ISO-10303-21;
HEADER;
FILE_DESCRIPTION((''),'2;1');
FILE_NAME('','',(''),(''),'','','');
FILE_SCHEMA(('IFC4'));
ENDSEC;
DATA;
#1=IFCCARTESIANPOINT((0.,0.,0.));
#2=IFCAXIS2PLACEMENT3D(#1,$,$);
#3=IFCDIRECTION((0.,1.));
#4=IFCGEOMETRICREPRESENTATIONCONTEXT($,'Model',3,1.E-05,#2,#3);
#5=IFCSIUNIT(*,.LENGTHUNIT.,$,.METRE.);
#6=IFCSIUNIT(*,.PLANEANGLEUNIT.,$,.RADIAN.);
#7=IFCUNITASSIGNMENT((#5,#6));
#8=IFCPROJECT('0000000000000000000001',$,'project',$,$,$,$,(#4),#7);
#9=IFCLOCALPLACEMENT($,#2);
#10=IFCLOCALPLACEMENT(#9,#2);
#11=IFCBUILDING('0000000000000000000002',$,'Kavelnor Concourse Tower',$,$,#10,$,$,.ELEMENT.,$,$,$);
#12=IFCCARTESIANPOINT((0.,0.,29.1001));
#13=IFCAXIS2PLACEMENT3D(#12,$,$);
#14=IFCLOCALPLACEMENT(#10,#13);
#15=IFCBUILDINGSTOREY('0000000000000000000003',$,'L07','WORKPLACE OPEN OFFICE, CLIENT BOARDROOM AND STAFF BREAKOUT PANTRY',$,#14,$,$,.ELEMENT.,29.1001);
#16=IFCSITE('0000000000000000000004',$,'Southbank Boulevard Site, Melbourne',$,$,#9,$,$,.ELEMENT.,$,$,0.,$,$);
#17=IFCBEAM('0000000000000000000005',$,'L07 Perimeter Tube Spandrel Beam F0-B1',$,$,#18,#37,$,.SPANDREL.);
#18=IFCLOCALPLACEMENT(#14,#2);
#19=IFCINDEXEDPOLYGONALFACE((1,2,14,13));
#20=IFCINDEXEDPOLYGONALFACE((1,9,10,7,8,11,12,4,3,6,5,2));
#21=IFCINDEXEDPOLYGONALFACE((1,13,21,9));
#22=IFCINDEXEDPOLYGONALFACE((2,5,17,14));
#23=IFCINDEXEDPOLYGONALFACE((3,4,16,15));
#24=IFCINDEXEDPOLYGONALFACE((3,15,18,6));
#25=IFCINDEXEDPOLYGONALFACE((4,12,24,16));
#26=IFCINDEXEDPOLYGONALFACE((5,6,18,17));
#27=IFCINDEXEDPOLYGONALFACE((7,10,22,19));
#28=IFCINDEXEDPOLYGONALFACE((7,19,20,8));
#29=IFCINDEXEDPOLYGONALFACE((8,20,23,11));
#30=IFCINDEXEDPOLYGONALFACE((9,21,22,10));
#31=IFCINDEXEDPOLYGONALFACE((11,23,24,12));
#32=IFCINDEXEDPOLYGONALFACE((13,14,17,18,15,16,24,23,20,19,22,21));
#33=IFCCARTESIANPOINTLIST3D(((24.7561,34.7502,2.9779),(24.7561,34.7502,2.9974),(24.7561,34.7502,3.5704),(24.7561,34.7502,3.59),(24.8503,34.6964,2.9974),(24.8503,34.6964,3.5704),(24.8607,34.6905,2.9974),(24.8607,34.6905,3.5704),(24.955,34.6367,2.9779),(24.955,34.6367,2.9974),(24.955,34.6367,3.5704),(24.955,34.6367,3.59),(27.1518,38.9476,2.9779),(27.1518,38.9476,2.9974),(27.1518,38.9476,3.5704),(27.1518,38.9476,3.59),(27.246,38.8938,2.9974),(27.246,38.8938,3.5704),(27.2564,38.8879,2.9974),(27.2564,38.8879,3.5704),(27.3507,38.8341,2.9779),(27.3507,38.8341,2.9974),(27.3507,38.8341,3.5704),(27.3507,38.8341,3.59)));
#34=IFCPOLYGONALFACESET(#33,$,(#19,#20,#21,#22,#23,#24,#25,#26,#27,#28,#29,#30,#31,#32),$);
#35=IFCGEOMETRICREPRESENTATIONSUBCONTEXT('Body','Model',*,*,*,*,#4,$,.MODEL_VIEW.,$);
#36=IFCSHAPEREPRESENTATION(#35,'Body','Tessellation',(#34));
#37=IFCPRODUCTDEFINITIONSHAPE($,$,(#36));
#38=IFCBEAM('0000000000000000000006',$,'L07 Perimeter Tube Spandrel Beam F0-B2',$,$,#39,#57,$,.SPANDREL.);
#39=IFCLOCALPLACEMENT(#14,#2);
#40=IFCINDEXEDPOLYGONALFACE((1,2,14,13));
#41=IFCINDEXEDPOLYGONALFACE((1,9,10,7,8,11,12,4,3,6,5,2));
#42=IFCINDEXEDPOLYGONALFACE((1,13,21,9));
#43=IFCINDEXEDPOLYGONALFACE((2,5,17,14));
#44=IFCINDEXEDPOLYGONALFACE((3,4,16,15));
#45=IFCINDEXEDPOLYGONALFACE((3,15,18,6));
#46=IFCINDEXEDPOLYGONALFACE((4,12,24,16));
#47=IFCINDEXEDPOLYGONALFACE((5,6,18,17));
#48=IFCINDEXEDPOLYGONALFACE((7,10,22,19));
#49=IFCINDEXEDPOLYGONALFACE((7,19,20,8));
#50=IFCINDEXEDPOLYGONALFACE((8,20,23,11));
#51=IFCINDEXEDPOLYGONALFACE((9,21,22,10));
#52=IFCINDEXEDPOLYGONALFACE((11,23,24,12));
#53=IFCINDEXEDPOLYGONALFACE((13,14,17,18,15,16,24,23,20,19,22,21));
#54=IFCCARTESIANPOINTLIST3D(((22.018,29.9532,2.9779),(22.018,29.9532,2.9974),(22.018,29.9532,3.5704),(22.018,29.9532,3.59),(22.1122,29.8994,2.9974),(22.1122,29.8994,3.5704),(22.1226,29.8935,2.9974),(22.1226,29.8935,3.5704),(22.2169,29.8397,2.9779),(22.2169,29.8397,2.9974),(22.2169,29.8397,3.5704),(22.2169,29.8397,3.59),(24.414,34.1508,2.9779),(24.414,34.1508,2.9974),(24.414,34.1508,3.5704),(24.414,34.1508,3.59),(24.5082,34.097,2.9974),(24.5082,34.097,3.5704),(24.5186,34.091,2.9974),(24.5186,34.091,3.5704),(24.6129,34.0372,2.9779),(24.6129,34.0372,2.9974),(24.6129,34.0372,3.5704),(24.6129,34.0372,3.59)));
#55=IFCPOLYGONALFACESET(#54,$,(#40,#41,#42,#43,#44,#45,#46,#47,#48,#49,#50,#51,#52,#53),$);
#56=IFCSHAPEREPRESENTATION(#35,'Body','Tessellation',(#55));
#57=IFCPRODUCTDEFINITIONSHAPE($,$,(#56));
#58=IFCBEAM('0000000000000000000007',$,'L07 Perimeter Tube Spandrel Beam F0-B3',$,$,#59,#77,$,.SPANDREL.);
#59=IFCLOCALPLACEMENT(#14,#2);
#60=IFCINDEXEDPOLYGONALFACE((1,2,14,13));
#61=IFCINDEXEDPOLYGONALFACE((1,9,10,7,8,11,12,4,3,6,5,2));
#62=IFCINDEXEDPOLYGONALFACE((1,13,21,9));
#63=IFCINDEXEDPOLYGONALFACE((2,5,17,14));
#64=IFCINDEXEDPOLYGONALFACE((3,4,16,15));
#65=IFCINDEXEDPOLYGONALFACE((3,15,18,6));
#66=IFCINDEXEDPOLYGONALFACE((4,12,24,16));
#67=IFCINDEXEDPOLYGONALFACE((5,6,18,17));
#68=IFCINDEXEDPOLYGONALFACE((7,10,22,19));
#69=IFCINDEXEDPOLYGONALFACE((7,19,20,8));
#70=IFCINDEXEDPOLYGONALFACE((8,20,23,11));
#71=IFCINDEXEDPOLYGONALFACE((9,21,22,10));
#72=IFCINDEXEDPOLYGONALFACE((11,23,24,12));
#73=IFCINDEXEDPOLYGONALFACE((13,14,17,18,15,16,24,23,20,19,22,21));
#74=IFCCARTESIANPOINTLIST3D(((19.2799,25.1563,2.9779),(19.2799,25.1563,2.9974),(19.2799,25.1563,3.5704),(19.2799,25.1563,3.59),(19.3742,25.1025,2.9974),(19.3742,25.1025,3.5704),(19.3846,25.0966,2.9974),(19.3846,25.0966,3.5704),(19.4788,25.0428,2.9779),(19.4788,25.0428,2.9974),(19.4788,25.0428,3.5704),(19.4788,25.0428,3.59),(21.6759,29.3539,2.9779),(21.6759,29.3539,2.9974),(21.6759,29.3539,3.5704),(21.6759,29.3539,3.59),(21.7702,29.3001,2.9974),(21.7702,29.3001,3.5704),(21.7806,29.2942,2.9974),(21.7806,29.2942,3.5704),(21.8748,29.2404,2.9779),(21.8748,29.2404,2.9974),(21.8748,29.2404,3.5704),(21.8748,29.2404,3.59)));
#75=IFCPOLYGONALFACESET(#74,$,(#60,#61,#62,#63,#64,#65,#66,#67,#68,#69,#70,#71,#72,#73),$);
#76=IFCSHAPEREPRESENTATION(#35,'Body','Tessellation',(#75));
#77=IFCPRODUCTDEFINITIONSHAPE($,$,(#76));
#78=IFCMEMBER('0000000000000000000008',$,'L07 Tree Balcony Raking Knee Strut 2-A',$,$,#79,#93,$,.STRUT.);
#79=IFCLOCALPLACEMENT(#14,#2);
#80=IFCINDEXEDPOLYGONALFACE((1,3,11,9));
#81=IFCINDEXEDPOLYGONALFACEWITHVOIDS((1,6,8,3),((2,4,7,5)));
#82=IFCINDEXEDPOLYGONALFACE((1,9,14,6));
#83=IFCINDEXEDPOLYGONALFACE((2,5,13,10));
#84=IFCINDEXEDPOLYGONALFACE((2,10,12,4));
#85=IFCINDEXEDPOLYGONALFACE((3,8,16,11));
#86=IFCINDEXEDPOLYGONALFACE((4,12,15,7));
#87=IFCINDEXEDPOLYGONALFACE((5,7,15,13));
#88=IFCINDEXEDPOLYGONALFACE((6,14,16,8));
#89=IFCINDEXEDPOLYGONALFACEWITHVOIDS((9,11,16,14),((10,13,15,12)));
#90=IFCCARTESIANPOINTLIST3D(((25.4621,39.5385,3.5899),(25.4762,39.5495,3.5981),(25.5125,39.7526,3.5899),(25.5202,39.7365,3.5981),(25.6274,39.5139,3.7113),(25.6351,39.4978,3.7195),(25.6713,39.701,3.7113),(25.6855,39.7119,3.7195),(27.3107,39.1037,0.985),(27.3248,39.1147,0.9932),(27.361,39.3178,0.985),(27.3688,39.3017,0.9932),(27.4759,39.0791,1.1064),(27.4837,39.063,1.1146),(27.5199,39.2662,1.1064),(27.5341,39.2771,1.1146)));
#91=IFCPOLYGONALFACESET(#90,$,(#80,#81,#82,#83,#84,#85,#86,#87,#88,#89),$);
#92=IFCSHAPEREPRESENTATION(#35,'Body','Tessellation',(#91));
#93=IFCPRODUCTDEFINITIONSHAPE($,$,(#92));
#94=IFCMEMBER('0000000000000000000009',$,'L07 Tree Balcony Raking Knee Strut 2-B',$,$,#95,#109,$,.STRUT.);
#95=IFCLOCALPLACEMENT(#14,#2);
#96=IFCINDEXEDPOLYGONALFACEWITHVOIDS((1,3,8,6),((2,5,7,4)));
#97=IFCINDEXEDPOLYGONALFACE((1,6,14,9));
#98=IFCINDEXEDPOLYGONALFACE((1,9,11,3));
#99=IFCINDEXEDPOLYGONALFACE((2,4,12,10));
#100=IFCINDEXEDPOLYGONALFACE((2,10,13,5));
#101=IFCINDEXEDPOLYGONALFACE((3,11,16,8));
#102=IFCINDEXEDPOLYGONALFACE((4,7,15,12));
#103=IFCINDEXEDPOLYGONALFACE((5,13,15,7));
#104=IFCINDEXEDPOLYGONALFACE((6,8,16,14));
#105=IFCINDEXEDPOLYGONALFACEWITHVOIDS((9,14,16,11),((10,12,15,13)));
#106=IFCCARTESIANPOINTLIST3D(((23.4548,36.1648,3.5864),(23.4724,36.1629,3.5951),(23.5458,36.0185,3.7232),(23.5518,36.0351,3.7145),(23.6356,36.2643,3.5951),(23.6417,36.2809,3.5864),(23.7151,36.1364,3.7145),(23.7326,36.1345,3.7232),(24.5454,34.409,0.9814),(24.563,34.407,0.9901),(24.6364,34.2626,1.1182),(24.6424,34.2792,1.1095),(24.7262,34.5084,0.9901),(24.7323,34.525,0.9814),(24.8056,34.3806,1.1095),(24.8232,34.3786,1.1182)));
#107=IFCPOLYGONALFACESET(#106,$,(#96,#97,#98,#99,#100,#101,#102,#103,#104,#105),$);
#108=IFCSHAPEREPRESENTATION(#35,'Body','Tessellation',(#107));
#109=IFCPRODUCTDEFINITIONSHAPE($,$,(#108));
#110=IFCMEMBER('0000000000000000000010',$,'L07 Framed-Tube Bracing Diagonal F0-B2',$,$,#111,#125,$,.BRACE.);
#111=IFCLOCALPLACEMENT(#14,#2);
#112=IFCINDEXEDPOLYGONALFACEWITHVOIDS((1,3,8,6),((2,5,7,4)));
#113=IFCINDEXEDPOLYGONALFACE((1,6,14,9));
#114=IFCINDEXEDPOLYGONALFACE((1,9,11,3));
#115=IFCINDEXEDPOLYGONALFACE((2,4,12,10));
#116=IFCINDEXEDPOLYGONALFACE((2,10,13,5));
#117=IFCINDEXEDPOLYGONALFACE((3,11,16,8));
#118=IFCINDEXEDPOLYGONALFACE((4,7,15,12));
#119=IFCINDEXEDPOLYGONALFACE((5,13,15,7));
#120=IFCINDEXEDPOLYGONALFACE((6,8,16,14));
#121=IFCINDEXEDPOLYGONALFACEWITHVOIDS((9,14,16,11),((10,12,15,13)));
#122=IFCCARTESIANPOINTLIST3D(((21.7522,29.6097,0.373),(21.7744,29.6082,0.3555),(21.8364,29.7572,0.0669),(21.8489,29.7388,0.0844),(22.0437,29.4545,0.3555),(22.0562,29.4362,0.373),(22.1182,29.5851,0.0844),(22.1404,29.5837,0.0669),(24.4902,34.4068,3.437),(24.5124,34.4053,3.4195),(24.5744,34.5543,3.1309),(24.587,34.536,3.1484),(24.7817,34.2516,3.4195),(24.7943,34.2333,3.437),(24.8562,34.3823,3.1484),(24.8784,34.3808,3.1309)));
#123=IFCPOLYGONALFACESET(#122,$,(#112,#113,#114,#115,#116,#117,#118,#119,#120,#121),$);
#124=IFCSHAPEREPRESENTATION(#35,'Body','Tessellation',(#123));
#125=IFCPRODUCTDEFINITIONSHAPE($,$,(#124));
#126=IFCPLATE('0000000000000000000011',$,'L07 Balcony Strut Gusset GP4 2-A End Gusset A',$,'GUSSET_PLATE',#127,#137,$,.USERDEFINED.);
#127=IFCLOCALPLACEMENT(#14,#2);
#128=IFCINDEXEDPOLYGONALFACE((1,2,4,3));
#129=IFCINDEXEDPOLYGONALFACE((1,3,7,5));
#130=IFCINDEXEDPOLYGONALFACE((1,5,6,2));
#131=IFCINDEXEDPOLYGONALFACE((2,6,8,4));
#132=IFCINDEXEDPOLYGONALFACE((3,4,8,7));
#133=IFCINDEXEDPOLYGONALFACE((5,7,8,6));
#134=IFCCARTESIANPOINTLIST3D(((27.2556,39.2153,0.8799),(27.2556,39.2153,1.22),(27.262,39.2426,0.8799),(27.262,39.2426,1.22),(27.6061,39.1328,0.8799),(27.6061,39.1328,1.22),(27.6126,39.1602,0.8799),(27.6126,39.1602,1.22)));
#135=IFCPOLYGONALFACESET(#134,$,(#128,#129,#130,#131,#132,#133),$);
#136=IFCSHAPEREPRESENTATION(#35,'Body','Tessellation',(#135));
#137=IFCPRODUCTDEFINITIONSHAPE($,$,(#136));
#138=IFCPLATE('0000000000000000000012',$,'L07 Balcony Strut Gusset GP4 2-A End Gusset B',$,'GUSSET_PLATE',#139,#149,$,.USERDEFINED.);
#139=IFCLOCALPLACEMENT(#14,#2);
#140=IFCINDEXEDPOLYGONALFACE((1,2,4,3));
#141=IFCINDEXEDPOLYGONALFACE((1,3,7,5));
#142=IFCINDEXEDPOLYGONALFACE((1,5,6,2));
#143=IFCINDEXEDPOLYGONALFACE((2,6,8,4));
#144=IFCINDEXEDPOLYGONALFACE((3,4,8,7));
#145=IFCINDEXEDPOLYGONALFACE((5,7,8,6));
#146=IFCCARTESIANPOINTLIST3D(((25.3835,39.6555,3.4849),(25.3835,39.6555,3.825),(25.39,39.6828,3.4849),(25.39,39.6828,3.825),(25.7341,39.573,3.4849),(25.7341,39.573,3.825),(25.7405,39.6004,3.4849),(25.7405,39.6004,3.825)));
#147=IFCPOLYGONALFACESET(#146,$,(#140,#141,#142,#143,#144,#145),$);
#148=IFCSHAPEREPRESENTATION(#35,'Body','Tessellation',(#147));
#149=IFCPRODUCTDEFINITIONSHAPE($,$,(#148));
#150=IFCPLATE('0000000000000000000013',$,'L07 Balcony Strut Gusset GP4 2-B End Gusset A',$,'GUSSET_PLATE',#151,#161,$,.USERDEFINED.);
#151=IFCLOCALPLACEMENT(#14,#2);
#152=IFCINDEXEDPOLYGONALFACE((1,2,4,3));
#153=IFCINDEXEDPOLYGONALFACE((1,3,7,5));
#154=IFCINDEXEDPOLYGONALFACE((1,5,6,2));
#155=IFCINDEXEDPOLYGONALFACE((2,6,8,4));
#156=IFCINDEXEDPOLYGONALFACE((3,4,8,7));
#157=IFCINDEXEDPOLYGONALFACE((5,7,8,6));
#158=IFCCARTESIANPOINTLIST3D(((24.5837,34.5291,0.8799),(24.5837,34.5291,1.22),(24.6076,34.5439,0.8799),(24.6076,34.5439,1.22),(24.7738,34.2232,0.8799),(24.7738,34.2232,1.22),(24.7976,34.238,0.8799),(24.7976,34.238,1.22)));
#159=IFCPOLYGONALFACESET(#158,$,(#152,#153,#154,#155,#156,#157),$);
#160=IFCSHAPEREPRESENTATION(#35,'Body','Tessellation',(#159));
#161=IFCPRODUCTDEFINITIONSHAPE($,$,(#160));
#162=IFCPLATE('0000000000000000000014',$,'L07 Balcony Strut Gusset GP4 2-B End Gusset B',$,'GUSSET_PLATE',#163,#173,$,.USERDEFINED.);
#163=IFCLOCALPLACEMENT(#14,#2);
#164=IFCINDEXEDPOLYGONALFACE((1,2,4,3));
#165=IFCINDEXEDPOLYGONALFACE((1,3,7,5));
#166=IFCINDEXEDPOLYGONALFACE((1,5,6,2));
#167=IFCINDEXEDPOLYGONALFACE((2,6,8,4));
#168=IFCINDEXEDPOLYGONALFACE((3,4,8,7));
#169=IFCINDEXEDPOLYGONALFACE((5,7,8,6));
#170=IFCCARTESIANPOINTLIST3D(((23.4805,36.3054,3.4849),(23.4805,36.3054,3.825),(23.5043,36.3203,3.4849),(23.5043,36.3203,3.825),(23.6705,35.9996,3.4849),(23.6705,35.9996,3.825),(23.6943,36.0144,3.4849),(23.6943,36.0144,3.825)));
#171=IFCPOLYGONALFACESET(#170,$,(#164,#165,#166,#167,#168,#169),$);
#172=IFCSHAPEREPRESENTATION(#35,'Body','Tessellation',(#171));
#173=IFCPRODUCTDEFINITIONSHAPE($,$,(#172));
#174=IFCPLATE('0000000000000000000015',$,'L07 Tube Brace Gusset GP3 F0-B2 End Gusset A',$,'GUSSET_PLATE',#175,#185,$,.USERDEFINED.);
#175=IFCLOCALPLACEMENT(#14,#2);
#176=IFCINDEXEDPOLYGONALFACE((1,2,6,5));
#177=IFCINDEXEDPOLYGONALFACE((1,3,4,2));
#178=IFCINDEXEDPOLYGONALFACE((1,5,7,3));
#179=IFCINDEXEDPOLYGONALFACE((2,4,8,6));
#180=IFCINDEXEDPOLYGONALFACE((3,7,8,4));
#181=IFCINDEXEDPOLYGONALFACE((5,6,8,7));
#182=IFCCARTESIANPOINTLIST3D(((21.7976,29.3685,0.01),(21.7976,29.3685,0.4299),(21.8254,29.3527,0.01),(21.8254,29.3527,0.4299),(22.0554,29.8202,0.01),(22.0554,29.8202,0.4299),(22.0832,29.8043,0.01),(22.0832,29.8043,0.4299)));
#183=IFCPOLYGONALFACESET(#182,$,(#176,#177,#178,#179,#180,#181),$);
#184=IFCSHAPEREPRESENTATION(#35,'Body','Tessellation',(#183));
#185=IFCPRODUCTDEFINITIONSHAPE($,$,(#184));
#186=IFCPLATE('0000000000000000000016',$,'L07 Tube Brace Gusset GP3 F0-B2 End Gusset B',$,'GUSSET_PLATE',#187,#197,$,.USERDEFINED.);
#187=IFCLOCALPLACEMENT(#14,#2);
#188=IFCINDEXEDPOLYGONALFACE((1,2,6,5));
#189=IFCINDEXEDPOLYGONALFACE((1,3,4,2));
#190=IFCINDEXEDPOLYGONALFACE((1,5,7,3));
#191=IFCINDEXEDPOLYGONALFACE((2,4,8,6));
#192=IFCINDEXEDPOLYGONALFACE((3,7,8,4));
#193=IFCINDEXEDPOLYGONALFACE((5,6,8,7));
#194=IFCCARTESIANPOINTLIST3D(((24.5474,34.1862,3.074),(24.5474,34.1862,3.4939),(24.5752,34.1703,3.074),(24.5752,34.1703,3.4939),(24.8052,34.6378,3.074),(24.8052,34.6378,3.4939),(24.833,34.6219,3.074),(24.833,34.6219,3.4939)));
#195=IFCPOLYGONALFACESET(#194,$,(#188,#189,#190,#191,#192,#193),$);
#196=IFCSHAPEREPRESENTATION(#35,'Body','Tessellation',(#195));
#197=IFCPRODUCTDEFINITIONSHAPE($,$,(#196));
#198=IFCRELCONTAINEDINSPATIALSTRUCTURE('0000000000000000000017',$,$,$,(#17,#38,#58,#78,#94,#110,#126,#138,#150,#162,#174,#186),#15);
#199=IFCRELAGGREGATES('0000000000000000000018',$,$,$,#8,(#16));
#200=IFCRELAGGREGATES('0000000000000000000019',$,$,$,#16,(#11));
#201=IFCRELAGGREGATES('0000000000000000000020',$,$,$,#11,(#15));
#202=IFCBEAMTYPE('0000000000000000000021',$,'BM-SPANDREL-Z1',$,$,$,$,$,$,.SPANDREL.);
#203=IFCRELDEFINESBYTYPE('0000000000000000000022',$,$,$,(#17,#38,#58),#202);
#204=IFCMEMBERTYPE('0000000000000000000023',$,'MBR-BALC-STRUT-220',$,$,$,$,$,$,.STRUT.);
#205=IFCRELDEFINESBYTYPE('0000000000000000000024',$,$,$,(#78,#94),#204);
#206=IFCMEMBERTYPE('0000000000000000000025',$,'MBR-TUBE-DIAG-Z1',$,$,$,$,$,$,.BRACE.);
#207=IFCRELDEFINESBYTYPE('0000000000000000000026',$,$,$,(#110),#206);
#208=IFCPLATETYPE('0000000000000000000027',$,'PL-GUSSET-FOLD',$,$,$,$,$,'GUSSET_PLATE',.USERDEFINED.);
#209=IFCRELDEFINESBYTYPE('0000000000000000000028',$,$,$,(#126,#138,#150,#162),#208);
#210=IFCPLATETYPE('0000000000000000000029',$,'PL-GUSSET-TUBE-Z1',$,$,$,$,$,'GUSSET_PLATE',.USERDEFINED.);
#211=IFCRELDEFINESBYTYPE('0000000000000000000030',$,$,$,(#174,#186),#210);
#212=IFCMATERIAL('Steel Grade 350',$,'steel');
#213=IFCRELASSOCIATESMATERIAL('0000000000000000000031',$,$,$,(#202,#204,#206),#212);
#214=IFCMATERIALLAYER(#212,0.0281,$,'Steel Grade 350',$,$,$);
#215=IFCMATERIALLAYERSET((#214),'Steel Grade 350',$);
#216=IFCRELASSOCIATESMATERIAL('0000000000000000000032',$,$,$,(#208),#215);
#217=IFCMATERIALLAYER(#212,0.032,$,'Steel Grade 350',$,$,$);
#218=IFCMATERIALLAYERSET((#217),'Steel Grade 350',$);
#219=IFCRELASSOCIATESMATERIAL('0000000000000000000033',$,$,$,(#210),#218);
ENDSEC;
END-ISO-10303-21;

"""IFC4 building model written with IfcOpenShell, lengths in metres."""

from ifc_helpers import new_model, si_unit, direction, frame, origin, origin_2d, place, context, subcontext, project, spatial, rectangle, hollow_rectangle, i_section, extrude, material, layer, layer_set, material_profile, profile_set, type_object, element, save


model = new_model("IFC4")

# Units and contexts
model_context = context("Model", 3, precision=1e-05, world=origin(), true_north=direction((0.0, 1.0)))
body_context = subcontext(model_context, "Body", "Model", "MODEL_VIEW")
ifc_project = project(units=[si_unit("LENGTHUNIT", "METRE"), si_unit("PLANEANGLEUNIT", "RADIAN")], contexts=[model_context])

# Site, building, storey
site_placement = place(None, origin())
site = spatial("IfcSite", under=ifc_project, at=site_placement, Name="Southbank Boulevard Site, Melbourne", CompositionType="ELEMENT", RefElevation=0.0)
building_placement = place(site_placement, origin())
building = spatial("IfcBuilding", under=site, at=building_placement, Name="Kavelnor Concourse Tower", CompositionType="ELEMENT")
storey_placement = place(building_placement, frame((0.0, 0.0, 29.1001)))
storey = spatial("IfcBuildingStorey", under=building, at=storey_placement, Name="L07", Description="WORKPLACE OPEN OFFICE, CLIENT BOARDROOM AND STAFF BREAKOUT PANTRY", CompositionType="ELEMENT", Elevation=29.1001)

# Shared definitions
ifc_material_1 = material(Name="Steel Grade 350", Category="steel")

# Beams
ifc_material_profile_1 = material_profile(ifc_material_1, i_section(OverallWidth=0.229, OverallDepth=0.6121, WebThickness=0.012, FlangeThickness=0.0195, at=origin_2d()), Name="610UB125")
ifc_profile_set_1 = profile_set([ifc_material_profile_1], Name="Steel Grade 350")
beam_type_1 = type_object("IfcBeamType", Name="BM-SPANDREL-Z1", PredefinedType="SPANDREL", material=ifc_profile_set_1)
beam_1_placement = place(storey_placement, frame((27.2512, 38.8909, 3.2839), z_axis=(-0.495698, -0.868495, 0.0), x_axis=(0.868495, -0.495698, 0.0)))
element("IfcBeam", 1, at=beam_1_placement, inside=storey, type_object=beam_type_1, Name="L07 Perimeter Tube Spandrel Beam F0-B1", PredefinedType="SPANDREL", context=body_context, shape_type="SweptSolid", body=[
    extrude(i_section(OverallWidth=0.229, OverallDepth=0.6121, WebThickness=0.012, FlangeThickness=0.0195, at=origin_2d()), origin(), (0.0, 0.0, 1.0), 4.833),
])
for number, where, z_axis, x_axis, name in (
    (2, (24.5134, 34.094, 3.2839), (-0.495736, -0.868473, 0.0), (0.868473, -0.495736, 0.0), "L07 Perimeter Tube Spandrel Beam F0-B2"),
    (3, (21.7754, 29.2971, 3.2839), (-0.495736, -0.868473, 0.0), (0.868473, -0.495736, 0.0), "L07 Perimeter Tube Spandrel Beam F0-B3"),
):
    element("IfcBeam", number, at=place(storey_placement, frame(where, z_axis=z_axis, x_axis=x_axis)), inside=storey, type_object=beam_type_1, Name=name, PredefinedType="SPANDREL", context=body_context, shape_type="SweptSolid", body=[
        extrude(i_section(OverallWidth=0.229, OverallDepth=0.6121, WebThickness=0.012, FlangeThickness=0.0195, at=origin_2d()), origin(), (0.0, 0.0, 1.0), 4.8333),
    ])

# Members
ifc_material_profile_2 = material_profile(ifc_material_1, hollow_rectangle(XDim=0.22, YDim=0.22, WallThickness=0.0139, at=origin_2d()), Name="SHS 220x220x14")
ifc_profile_set_2 = profile_set([ifc_material_profile_2], Name="Steel Grade 350")
member_type_1 = type_object("IfcMemberType", Name="MBR-BALC-STRUT-220", PredefinedType="STRUT", material=ifc_profile_set_2)
member_1_placement = place(storey_placement, frame((27.4224, 39.1904, 1.0498), z_axis=(-0.573445, 0.134879, 0.808064), x_axis=(-0.228961, -0.973436, 0.0)))
element("IfcMember", 4, at=member_1_placement, inside=storey, type_object=member_type_1, Name="L07 Tree Balcony Raking Knee Strut 2-A", PredefinedType="STRUT", context=body_context, shape_type="SweptSolid", body=[
    extrude(hollow_rectangle(XDim=0.22, YDim=0.22, WallThickness=0.0139, at=origin_2d()), origin(), (0.0, 0.0, 1.0), 3.2236),
])
member_2_placement = place(storey_placement, frame((24.6843, 34.3938, 1.0498), z_axis=(-0.327953, 0.528014, 0.783357), x_axis=(-0.849481, -0.527619, 0.0)))
element("IfcMember", 5, at=member_2_placement, inside=storey, type_object=member_type_1, Name="L07 Tree Balcony Raking Knee Strut 2-B", PredefinedType="STRUT", context=body_context, shape_type="SweptSolid", body=[
    extrude(hollow_rectangle(XDim=0.22, YDim=0.22, WallThickness=0.0139, at=origin_2d()), origin(), (0.0, 0.0, 1.0), 3.3254),
])
ifc_material_profile_3 = material_profile(ifc_material_1, hollow_rectangle(XDim=0.3501, YDim=0.3501, WallThickness=0.02, at=origin_2d()), Name="SHS 350x350x20")
ifc_profile_set_3 = profile_set([ifc_material_profile_3], Name="Steel Grade 350")
member_type_2 = type_object("IfcMemberType", Name="MBR-TUBE-DIAG-Z1", PredefinedType="BRACE", material=ifc_profile_set_3)
member_3_placement = place(storey_placement, frame((21.9463, 29.5967, 0.22), z_axis=(0.43348, 0.759469, 0.48508), x_axis=(-0.868491, 0.495706, 0.0)))
element("IfcMember", 6, at=member_3_placement, inside=storey, type_object=member_type_2, Name="L07 Framed-Tube Bracing Diagonal F0-B2", PredefinedType="BRACE", context=body_context, shape_type="SweptSolid", body=[
    extrude(hollow_rectangle(XDim=0.3501, YDim=0.3501, WallThickness=0.02, at=origin_2d()), origin(), (0.0, 0.0, 1.0), 6.3164),
])

# Plates
ifc_layer_1 = layer(ifc_material_1, 0.0281, Name="Steel Grade 350")
ifc_layer_set_1 = layer_set([ifc_layer_1], Name="Steel Grade 350")
plate_type_1 = type_object("IfcPlateType", Name="PL-GUSSET-FOLD", ElementType="GUSSET_PLATE", PredefinedType="USERDEFINED", material=ifc_layer_set_1)
for number, where, z_axis, x_axis, name in (
    (7, (27.4341, 39.1877, 0.8799), (0.0, 0.0, 1.0), (-0.973419, 0.229031, 0.0), "L07 Balcony Strut Gusset GP4 2-A End Gusset A"),
    (8, (25.562, 39.6279, 3.4849), (0.0, 0.0, 1.0), (-0.973419, 0.229031, 0.0), "L07 Balcony Strut Gusset GP4 2-A End Gusset B"),
    (9, (24.6907, 34.3835, 0.8799), (0.0, 0.0, 1.0), (-0.527697, 0.849433, 0.0), "L07 Balcony Strut Gusset GP4 2-B End Gusset A"),
    (10, (23.5874, 36.1599, 3.4849), (0.0, 0.0, 1.0), (-0.527697, 0.849433, 0.0), "L07 Balcony Strut Gusset GP4 2-B End Gusset B"),
):
    element("IfcPlate", number, at=place(storey_placement, frame(where, z_axis=z_axis, x_axis=x_axis)), inside=storey, type_object=plate_type_1, Name=name, ObjectType="GUSSET_PLATE", PredefinedType="USERDEFINED", context=body_context, shape_type="SweptSolid", body=[
        extrude(rectangle(XDim=0.3601, YDim=0.0281, at=origin_2d()), origin(), (0.0, 0.0, 1.0), 0.3401),
    ])
ifc_layer_2 = layer(ifc_material_1, 0.032, Name="Steel Grade 350")
ifc_layer_set_2 = layer_set([ifc_layer_2], Name="Steel Grade 350")
plate_type_2 = type_object("IfcPlateType", Name="PL-GUSSET-TUBE-Z1", ElementType="GUSSET_PLATE", PredefinedType="USERDEFINED", material=ifc_layer_set_2)
for number, where, z_axis, x_axis, name in (
    (11, (21.9404, 29.5864, 0.01), (0.0, 0.0, 1.0), (0.495762, 0.868459, 0.0), "L07 Tube Brace Gusset GP3 F0-B2 End Gusset A"),
    (12, (24.6902, 34.4041, 3.074), (0.0, 0.0, 1.0), (0.495762, 0.868459, 0.0), "L07 Tube Brace Gusset GP3 F0-B2 End Gusset B"),
):
    element("IfcPlate", number, at=place(storey_placement, frame(where, z_axis=z_axis, x_axis=x_axis)), inside=storey, type_object=plate_type_2, Name=name, ObjectType="GUSSET_PLATE", PredefinedType="USERDEFINED", context=body_context, shape_type="SweptSolid", body=[
        extrude(rectangle(XDim=0.52, YDim=0.032, at=origin_2d()), origin(), (0.0, 0.0, 1.0), 0.4199),
    ])

save(model, "model.ifc")
